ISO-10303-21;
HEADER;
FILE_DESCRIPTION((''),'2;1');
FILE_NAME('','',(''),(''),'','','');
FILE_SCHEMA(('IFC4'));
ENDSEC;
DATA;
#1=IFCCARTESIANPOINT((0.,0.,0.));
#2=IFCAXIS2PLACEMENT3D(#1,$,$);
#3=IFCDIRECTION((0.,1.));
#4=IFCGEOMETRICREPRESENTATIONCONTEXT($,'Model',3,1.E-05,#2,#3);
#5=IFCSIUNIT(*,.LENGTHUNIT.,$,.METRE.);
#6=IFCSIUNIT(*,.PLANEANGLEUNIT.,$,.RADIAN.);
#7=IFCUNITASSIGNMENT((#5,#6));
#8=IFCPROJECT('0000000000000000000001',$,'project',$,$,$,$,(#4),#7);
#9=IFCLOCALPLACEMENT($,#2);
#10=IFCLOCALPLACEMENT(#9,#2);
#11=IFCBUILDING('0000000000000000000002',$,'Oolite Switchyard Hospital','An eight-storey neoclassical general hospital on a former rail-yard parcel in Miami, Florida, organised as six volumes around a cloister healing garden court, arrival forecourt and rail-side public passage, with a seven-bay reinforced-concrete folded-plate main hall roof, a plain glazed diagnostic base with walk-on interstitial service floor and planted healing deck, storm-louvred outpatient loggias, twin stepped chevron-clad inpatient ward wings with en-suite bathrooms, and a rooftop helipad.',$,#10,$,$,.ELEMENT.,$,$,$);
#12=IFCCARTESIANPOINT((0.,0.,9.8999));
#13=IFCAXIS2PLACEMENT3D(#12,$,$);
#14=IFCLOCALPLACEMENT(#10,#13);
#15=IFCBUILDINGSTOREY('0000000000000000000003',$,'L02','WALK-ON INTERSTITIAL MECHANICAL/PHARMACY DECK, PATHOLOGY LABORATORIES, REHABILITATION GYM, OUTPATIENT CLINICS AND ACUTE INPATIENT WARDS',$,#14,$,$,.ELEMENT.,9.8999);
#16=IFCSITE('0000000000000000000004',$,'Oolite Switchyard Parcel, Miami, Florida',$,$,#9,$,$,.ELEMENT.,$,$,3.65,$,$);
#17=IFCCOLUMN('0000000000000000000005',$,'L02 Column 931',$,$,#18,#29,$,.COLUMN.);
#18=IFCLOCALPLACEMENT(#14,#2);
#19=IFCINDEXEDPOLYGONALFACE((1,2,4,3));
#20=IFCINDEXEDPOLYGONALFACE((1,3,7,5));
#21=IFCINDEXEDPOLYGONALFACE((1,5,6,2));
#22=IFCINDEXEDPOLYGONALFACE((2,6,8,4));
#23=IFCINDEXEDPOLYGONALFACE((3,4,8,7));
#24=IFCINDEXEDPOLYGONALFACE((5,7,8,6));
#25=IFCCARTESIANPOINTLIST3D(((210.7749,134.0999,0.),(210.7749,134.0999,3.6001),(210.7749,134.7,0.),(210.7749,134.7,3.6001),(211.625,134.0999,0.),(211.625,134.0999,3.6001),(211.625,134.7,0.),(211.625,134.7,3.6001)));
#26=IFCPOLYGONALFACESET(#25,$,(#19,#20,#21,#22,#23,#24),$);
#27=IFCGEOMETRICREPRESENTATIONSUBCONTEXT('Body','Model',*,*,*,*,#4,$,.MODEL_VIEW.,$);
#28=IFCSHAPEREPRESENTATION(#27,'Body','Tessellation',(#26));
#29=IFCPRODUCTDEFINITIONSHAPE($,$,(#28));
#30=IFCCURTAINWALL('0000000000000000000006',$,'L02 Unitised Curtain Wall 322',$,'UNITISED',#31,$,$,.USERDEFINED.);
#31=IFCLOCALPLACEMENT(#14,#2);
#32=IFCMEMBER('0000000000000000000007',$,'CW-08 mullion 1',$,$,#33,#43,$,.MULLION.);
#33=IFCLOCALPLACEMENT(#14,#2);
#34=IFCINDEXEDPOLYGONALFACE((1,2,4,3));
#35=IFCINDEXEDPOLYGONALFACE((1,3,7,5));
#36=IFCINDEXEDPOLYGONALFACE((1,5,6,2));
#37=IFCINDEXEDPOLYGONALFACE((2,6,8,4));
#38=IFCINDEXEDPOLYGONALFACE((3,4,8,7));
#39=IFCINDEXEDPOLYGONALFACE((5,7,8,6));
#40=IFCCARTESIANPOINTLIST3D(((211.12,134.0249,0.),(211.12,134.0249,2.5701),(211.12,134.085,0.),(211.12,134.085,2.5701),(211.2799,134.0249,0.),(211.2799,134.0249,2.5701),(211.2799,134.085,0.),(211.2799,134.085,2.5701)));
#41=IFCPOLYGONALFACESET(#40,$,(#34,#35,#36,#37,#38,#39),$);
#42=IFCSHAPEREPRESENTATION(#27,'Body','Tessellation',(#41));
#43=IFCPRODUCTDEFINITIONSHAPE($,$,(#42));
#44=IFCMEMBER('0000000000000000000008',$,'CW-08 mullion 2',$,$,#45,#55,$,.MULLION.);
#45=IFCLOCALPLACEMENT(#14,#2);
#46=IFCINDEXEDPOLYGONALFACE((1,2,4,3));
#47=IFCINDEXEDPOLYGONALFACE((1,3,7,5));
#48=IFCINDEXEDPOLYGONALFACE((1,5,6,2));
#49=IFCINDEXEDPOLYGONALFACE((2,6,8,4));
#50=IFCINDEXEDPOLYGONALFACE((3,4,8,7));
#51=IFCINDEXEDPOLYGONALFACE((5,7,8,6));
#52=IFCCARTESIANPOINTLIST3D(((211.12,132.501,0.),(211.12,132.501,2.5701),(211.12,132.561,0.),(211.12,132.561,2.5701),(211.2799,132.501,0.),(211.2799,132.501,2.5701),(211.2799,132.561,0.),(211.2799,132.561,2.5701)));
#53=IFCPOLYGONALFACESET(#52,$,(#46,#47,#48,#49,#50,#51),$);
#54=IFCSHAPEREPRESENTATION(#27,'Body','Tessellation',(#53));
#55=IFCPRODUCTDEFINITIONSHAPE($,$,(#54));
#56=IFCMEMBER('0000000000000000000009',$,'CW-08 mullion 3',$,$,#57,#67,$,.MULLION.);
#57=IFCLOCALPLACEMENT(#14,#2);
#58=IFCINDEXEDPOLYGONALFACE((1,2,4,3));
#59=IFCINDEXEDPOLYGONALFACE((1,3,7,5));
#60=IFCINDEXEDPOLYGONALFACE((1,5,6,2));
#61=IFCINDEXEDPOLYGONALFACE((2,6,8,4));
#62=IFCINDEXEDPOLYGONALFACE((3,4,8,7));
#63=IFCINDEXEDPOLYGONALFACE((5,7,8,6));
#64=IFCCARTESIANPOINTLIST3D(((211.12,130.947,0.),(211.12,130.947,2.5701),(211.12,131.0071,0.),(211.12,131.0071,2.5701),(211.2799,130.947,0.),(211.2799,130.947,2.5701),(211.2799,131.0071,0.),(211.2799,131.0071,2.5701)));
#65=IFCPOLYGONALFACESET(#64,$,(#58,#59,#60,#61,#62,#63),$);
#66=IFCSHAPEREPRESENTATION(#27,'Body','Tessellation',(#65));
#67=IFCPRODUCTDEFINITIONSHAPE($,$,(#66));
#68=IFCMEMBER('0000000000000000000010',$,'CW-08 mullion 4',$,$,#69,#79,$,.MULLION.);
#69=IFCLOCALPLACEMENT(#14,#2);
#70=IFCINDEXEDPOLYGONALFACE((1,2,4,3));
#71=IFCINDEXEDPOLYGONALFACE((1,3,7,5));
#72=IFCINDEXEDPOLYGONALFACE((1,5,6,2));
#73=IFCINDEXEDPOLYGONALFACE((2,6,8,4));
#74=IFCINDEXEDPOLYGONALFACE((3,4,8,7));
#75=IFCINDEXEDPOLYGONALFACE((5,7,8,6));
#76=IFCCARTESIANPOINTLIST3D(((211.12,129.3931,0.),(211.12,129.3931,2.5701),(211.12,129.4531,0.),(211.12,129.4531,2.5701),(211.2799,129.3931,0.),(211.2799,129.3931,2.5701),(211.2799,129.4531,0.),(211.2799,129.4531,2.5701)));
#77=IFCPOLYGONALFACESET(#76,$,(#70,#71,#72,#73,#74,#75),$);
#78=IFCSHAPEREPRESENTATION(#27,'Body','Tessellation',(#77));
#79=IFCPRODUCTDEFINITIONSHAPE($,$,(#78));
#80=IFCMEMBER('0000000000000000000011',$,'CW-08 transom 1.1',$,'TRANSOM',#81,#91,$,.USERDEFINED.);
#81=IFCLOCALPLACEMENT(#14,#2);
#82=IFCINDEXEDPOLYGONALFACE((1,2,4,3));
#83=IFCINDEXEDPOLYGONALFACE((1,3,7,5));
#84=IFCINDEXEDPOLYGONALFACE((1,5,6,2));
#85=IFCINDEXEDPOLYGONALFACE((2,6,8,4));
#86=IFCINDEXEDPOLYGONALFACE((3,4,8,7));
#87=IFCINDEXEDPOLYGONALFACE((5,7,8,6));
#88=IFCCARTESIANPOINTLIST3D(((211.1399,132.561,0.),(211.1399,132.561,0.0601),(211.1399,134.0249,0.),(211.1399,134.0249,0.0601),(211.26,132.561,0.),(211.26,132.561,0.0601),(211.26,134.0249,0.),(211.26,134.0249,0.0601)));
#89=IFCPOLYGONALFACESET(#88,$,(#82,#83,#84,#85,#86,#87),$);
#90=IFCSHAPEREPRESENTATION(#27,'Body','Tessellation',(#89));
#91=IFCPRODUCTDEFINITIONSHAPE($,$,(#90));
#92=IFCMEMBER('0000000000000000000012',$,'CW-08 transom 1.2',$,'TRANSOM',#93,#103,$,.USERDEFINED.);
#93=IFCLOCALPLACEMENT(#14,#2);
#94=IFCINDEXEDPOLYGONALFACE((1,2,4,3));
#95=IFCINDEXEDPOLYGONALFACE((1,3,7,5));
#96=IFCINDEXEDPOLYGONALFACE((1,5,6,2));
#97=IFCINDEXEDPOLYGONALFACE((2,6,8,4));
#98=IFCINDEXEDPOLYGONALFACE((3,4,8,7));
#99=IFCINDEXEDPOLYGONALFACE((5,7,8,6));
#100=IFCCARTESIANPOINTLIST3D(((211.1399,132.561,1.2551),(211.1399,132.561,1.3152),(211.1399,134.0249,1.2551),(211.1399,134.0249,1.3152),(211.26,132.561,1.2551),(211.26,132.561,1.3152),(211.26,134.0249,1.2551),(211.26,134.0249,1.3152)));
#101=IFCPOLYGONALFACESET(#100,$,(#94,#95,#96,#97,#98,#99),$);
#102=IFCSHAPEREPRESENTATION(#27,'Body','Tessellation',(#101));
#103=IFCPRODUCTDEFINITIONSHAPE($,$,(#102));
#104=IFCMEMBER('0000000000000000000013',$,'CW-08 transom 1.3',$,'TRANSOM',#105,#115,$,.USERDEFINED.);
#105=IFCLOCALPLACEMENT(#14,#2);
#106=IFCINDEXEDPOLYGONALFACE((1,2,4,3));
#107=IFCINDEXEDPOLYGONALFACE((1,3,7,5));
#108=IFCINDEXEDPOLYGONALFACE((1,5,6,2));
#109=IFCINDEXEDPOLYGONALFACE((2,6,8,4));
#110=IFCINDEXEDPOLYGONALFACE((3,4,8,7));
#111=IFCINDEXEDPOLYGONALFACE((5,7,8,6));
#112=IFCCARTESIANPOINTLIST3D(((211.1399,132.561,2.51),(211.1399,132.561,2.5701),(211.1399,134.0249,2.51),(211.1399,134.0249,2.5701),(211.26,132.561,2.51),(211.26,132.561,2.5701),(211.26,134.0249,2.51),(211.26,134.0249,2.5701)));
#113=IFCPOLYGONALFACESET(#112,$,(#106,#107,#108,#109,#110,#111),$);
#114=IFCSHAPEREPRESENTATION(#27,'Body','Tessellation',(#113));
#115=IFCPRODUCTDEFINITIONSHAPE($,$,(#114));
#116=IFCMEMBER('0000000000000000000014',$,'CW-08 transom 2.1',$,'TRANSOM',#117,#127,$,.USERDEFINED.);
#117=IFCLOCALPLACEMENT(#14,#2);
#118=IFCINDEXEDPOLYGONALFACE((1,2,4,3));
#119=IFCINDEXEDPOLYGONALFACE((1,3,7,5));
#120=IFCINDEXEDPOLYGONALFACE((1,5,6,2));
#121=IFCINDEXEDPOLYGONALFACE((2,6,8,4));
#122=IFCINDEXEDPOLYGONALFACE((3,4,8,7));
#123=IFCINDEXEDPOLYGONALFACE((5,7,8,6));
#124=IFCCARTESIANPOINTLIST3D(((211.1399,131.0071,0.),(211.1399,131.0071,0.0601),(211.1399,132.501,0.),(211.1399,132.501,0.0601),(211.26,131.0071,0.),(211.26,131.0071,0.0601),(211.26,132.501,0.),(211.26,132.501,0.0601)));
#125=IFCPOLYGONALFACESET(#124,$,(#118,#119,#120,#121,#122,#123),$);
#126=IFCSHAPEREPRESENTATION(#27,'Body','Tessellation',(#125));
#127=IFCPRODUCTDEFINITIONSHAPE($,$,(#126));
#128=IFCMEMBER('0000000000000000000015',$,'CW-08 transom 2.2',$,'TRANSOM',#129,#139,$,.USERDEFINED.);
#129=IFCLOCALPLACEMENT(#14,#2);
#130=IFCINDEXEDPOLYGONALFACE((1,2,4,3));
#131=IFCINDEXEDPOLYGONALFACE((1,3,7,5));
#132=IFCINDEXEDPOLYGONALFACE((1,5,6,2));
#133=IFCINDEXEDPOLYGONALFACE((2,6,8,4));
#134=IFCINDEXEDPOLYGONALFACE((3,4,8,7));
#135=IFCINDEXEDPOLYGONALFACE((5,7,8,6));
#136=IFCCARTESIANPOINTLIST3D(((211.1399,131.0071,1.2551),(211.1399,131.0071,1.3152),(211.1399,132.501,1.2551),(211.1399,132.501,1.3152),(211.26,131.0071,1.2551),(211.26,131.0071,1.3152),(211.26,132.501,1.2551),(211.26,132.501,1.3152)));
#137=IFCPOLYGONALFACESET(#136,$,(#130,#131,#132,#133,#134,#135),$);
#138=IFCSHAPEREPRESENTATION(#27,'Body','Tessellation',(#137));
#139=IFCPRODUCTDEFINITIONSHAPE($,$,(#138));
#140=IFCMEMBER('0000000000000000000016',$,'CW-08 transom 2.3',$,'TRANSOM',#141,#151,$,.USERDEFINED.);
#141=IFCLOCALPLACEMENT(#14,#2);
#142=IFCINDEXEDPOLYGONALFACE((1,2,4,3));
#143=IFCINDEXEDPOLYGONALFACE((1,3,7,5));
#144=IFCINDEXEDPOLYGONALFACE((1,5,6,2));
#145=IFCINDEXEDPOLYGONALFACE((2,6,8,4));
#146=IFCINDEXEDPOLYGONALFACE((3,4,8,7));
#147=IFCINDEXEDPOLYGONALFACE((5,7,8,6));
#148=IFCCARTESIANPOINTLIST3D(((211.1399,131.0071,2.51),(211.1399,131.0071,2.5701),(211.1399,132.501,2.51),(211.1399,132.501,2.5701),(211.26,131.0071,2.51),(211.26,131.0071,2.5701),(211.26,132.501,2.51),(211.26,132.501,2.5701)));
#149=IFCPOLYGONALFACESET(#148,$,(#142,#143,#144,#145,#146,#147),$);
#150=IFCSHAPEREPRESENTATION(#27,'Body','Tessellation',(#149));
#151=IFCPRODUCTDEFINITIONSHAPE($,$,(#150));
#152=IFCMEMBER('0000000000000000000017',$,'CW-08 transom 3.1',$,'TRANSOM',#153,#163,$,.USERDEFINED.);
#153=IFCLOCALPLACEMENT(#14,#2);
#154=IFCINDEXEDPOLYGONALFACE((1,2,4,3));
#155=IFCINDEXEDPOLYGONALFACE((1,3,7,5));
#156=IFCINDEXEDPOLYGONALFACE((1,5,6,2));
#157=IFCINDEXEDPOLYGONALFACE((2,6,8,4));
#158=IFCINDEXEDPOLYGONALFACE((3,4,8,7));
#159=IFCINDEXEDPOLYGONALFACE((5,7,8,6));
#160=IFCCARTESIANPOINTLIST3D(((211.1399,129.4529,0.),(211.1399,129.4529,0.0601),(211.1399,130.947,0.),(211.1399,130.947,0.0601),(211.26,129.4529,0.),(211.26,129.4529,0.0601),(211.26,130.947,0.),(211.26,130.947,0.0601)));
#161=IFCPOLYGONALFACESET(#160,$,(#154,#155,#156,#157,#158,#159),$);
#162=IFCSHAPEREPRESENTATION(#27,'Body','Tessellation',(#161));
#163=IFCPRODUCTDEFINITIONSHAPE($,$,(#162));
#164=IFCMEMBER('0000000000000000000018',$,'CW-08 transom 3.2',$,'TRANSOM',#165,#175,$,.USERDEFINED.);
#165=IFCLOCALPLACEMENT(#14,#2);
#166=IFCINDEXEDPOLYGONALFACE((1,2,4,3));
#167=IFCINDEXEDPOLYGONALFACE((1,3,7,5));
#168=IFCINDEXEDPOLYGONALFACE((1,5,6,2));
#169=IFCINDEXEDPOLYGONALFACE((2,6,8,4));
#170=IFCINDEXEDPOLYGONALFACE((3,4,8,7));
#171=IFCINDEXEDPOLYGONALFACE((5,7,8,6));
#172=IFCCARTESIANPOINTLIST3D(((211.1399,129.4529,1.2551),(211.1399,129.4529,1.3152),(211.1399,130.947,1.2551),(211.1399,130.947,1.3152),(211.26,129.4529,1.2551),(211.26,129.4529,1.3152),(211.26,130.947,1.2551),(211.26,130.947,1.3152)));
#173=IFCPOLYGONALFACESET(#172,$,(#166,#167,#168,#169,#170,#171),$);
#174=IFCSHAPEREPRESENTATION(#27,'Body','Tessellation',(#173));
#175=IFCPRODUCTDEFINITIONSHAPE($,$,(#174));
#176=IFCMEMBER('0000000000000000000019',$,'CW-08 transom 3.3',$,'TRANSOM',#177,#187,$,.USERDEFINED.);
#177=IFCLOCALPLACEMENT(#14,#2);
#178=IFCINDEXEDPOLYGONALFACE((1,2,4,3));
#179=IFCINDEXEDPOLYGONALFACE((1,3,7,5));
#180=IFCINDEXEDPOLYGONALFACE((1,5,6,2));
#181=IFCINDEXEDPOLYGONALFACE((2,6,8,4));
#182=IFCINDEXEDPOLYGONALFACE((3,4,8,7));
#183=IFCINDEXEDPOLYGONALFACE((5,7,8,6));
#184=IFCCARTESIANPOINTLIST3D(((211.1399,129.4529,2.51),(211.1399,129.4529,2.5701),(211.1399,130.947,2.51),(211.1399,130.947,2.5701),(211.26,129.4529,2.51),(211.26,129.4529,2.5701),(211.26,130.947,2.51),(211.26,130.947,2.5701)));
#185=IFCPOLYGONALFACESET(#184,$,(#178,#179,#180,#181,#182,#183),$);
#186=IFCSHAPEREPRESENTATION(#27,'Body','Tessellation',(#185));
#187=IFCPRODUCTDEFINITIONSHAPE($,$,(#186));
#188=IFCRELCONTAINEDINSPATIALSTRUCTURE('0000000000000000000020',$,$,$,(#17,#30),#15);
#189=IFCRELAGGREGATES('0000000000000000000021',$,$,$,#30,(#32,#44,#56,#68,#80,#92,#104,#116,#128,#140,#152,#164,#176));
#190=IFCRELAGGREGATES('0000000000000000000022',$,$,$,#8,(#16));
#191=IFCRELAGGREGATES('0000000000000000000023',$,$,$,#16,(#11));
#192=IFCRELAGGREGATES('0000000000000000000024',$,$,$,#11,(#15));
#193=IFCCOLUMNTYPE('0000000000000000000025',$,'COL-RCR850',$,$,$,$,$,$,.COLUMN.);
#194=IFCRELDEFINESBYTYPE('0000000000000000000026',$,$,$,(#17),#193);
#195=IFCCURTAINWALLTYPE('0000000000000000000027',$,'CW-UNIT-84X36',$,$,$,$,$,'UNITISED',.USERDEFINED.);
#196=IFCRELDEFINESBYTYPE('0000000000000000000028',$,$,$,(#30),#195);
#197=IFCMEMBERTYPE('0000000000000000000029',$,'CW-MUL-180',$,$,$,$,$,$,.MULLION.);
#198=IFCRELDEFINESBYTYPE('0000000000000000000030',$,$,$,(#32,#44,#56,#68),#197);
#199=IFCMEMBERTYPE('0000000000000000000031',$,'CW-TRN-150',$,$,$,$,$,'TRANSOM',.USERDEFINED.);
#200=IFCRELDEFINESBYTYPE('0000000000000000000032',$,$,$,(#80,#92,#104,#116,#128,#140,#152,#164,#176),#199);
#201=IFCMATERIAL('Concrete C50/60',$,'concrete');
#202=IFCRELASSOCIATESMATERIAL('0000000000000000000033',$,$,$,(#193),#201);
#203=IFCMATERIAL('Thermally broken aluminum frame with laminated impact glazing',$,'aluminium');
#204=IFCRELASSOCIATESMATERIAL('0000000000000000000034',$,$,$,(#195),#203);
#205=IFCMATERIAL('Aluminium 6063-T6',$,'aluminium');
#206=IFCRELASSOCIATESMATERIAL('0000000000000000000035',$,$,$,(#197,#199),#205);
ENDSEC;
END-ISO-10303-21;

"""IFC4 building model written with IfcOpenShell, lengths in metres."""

from ifc_helpers import new_model, si_unit, direction, frame, origin, origin_2d, place, context, subcontext, project, spatial, rectangle, extrude, material, material_profile, profile_set, type_object, element, aggregate, save


model = new_model("IFC4")

# Units and contexts
model_context = context("Model", 3, precision=1e-05, world=origin(), true_north=direction((0.0, 1.0)))
body_context = subcontext(model_context, "Body", "Model", "MODEL_VIEW")
ifc_project = project(units=[si_unit("LENGTHUNIT", "METRE"), si_unit("PLANEANGLEUNIT", "RADIAN")], contexts=[model_context])

# Site, building, storey
site_placement = place(None, origin())
site = spatial("IfcSite", under=ifc_project, at=site_placement, Name="Oolite Switchyard Parcel, Miami, Florida", CompositionType="ELEMENT", RefElevation=3.65)
building_placement = place(site_placement, origin())
building = spatial("IfcBuilding", under=site, at=building_placement, Name="Oolite Switchyard Hospital", Description="An eight-storey neoclassical general hospital on a former rail-yard parcel in Miami, Florida, organised as six volumes around a cloister healing garden court, arrival forecourt and rail-side public passage, with a seven-bay reinforced-concrete folded-plate main hall roof, a plain glazed diagnostic base with walk-on interstitial service floor and planted healing deck, storm-louvred outpatient loggias, twin stepped chevron-clad inpatient ward wings with en-suite bathrooms, and a rooftop helipad.", CompositionType="ELEMENT")
storey_placement = place(building_placement, frame((0.0, 0.0, 9.8999)))
storey = spatial("IfcBuildingStorey", under=building, at=storey_placement, Name="L02", Description="WALK-ON INTERSTITIAL MECHANICAL/PHARMACY DECK, PATHOLOGY LABORATORIES, REHABILITATION GYM, OUTPATIENT CLINICS AND ACUTE INPATIENT WARDS", CompositionType="ELEMENT", Elevation=9.8999)

# Column
ifc_material_1 = material(Name="Concrete C50/60", Category="concrete")
ifc_material_profile_1 = material_profile(ifc_material_1, rectangle(XDim=0.8501, YDim=0.6001, at=origin_2d()), Name="RC850X600")
ifc_profile_set_1 = profile_set([ifc_material_profile_1], Name="Concrete C50/60")
column_type = type_object("IfcColumnType", Name="COL-RCR850", PredefinedType="COLUMN", material=ifc_profile_set_1)
column_placement = place(storey_placement, frame((211.2, 134.3999, 0.0), z_axis=(0.0, 0.0, 1.0), x_axis=(1.0, 0.0, 0.0)))
element("IfcColumn", 1, at=column_placement, inside=storey, type_object=column_type, Name="L02 Column 931", PredefinedType="COLUMN", context=body_context, shape_type="SweptSolid", body=[
    extrude(rectangle(XDim=0.8501, YDim=0.6001, at=origin_2d()), origin(), (0.0, 0.0, 1.0), 3.6001),
])

# Curtain wall, members
ifc_material_2 = material(Name="Thermally broken aluminum frame with laminated impact glazing", Category="aluminium")
curtain_wall_type = type_object("IfcCurtainWallType", Name="CW-UNIT-84X36", ElementType="UNITISED", PredefinedType="USERDEFINED", material=ifc_material_2)
curtain_wall_placement = place(storey_placement, origin())
curtain_wall = element("IfcCurtainWall", 2, at=curtain_wall_placement, inside=storey, type_object=curtain_wall_type, Name="L02 Unitised Curtain Wall 322", ObjectType="UNITISED", PredefinedType="USERDEFINED")
ifc_material_3 = material(Name="Aluminium 6063-T6", Category="aluminium")
ifc_material_profile_2 = material_profile(ifc_material_3, rectangle(XDim=0.1599, YDim=0.0601, at=origin_2d()), Name="CWM60X160")
ifc_profile_set_2 = profile_set([ifc_material_profile_2], Name="Aluminium 6063-T6")
member_type_1 = type_object("IfcMemberType", Name="CW-MUL-180", PredefinedType="MULLION", material=ifc_profile_set_2)
member_1_placement = place(storey_placement, frame((211.2, 134.0549, 0.0), z_axis=(0.0, 0.0, 1.0), x_axis=(1.0, 0.0, 0.0)))
member_1 = element("IfcMember", 3, at=member_1_placement, type_object=member_type_1, Name="CW-08 mullion 1", PredefinedType="MULLION", context=body_context, shape_type="SweptSolid", body=[
    extrude(rectangle(XDim=0.1599, YDim=0.0601, at=origin_2d()), origin(), (0.0, 0.0, 1.0), 2.5701),
])
member_2_placement = place(storey_placement, frame((211.2, 132.531, 0.0), z_axis=(0.0, 0.0, 1.0), x_axis=(1.0, 0.0, 0.0)))
member_2 = element("IfcMember", 4, at=member_2_placement, type_object=member_type_1, Name="CW-08 mullion 2", PredefinedType="MULLION", context=body_context, shape_type="SweptSolid", body=[
    extrude(rectangle(XDim=0.1599, YDim=0.0601, at=origin_2d()), origin(), (0.0, 0.0, 1.0), 2.5701),
])
member_3_placement = place(storey_placement, frame((211.2, 130.9771, 0.0), z_axis=(0.0, 0.0, 1.0), x_axis=(1.0, 0.0, 0.0)))
member_3 = element("IfcMember", 5, at=member_3_placement, type_object=member_type_1, Name="CW-08 mullion 3", PredefinedType="MULLION", context=body_context, shape_type="SweptSolid", body=[
    extrude(rectangle(XDim=0.1599, YDim=0.0601, at=origin_2d()), origin(), (0.0, 0.0, 1.0), 2.5701),
])
member_4_placement = place(storey_placement, frame((211.2, 129.4231, 0.0), z_axis=(0.0, 0.0, 1.0), x_axis=(1.0, 0.0, 0.0)))
member_4 = element("IfcMember", 6, at=member_4_placement, type_object=member_type_1, Name="CW-08 mullion 4", PredefinedType="MULLION", context=body_context, shape_type="SweptSolid", body=[
    extrude(rectangle(XDim=0.1599, YDim=0.0601, at=origin_2d()), origin(), (0.0, 0.0, 1.0), 2.5701),
])
ifc_material_profile_3 = material_profile(ifc_material_3, rectangle(XDim=0.1201, YDim=0.0601, at=origin_2d()), Name="CWT60X120")
ifc_profile_set_3 = profile_set([ifc_material_profile_3], Name="Aluminium 6063-T6")
member_type_2 = type_object("IfcMemberType", Name="CW-TRN-150", ElementType="TRANSOM", PredefinedType="USERDEFINED", material=ifc_profile_set_3)
member_5_placement = place(storey_placement, frame((211.2, 134.0249, 0.03), z_axis=(0.0, -1.0, 0.0), x_axis=(1.0, 0.0, 0.0)))
member_5 = element("IfcMember", 7, at=member_5_placement, type_object=member_type_2, Name="CW-08 transom 1.1", ObjectType="TRANSOM", PredefinedType="USERDEFINED", context=body_context, shape_type="SweptSolid", body=[
    extrude(rectangle(XDim=0.1201, YDim=0.0601, at=origin_2d()), origin(), (0.0, 0.0, 1.0), 1.4639),
])
member_6_placement = place(storey_placement, frame((211.2, 134.0249, 1.2852), z_axis=(0.0, -1.0, 0.0), x_axis=(1.0, 0.0, 0.0)))
member_6 = element("IfcMember", 8, at=member_6_placement, type_object=member_type_2, Name="CW-08 transom 1.2", ObjectType="TRANSOM", PredefinedType="USERDEFINED", context=body_context, shape_type="SweptSolid", body=[
    extrude(rectangle(XDim=0.1201, YDim=0.0601, at=origin_2d()), origin(), (0.0, 0.0, 1.0), 1.4639),
])
member_7_placement = place(storey_placement, frame((211.2, 134.0249, 2.54), z_axis=(0.0, -1.0, 0.0), x_axis=(1.0, 0.0, 0.0)))
member_7 = element("IfcMember", 9, at=member_7_placement, type_object=member_type_2, Name="CW-08 transom 1.3", ObjectType="TRANSOM", PredefinedType="USERDEFINED", context=body_context, shape_type="SweptSolid", body=[
    extrude(rectangle(XDim=0.1201, YDim=0.0601, at=origin_2d()), origin(), (0.0, 0.0, 1.0), 1.4639),
])
member_8_placement = place(storey_placement, frame((211.2, 132.501, 0.03), z_axis=(0.0, -1.0, 0.0), x_axis=(1.0, 0.0, 0.0)))
member_8 = element("IfcMember", 10, at=member_8_placement, type_object=member_type_2, Name="CW-08 transom 2.1", ObjectType="TRANSOM", PredefinedType="USERDEFINED", context=body_context, shape_type="SweptSolid", body=[
    extrude(rectangle(XDim=0.1201, YDim=0.0601, at=origin_2d()), origin(), (0.0, 0.0, 1.0), 1.4939),
])
member_9_placement = place(storey_placement, frame((211.2, 132.501, 1.2852), z_axis=(0.0, -1.0, 0.0), x_axis=(1.0, 0.0, 0.0)))
member_9 = element("IfcMember", 11, at=member_9_placement, type_object=member_type_2, Name="CW-08 transom 2.2", ObjectType="TRANSOM", PredefinedType="USERDEFINED", context=body_context, shape_type="SweptSolid", body=[
    extrude(rectangle(XDim=0.1201, YDim=0.0601, at=origin_2d()), origin(), (0.0, 0.0, 1.0), 1.4939),
])
member_10_placement = place(storey_placement, frame((211.2, 132.501, 2.54), z_axis=(0.0, -1.0, 0.0), x_axis=(1.0, 0.0, 0.0)))
member_10 = element("IfcMember", 12, at=member_10_placement, type_object=member_type_2, Name="CW-08 transom 2.3", ObjectType="TRANSOM", PredefinedType="USERDEFINED", context=body_context, shape_type="SweptSolid", body=[
    extrude(rectangle(XDim=0.1201, YDim=0.0601, at=origin_2d()), origin(), (0.0, 0.0, 1.0), 1.4939),
])
member_11_placement = place(storey_placement, frame((211.2, 130.947, 0.03), z_axis=(0.0, -1.0, 0.0), x_axis=(1.0, 0.0, 0.0)))
member_11 = element("IfcMember", 13, at=member_11_placement, type_object=member_type_2, Name="CW-08 transom 3.1", ObjectType="TRANSOM", PredefinedType="USERDEFINED", context=body_context, shape_type="SweptSolid", body=[
    extrude(rectangle(XDim=0.1201, YDim=0.0601, at=origin_2d()), origin(), (0.0, 0.0, 1.0), 1.4941),
])
member_12_placement = place(storey_placement, frame((211.2, 130.947, 1.2852), z_axis=(0.0, -1.0, 0.0), x_axis=(1.0, 0.0, 0.0)))
member_12 = element("IfcMember", 14, at=member_12_placement, type_object=member_type_2, Name="CW-08 transom 3.2", ObjectType="TRANSOM", PredefinedType="USERDEFINED", context=body_context, shape_type="SweptSolid", body=[
    extrude(rectangle(XDim=0.1201, YDim=0.0601, at=origin_2d()), origin(), (0.0, 0.0, 1.0), 1.4941),
])
member_13_placement = place(storey_placement, frame((211.2, 130.947, 2.54), z_axis=(0.0, -1.0, 0.0), x_axis=(1.0, 0.0, 0.0)))
member_13 = element("IfcMember", 15, at=member_13_placement, type_object=member_type_2, Name="CW-08 transom 3.3", ObjectType="TRANSOM", PredefinedType="USERDEFINED", context=body_context, shape_type="SweptSolid", body=[
    extrude(rectangle(XDim=0.1201, YDim=0.0601, at=origin_2d()), origin(), (0.0, 0.0, 1.0), 1.4941),
])
aggregate(curtain_wall, [member_1, member_2, member_3, member_4, member_5, member_6, member_7, member_8, member_9, member_10, member_11, member_12, member_13])

save(model, "model.ifc")
